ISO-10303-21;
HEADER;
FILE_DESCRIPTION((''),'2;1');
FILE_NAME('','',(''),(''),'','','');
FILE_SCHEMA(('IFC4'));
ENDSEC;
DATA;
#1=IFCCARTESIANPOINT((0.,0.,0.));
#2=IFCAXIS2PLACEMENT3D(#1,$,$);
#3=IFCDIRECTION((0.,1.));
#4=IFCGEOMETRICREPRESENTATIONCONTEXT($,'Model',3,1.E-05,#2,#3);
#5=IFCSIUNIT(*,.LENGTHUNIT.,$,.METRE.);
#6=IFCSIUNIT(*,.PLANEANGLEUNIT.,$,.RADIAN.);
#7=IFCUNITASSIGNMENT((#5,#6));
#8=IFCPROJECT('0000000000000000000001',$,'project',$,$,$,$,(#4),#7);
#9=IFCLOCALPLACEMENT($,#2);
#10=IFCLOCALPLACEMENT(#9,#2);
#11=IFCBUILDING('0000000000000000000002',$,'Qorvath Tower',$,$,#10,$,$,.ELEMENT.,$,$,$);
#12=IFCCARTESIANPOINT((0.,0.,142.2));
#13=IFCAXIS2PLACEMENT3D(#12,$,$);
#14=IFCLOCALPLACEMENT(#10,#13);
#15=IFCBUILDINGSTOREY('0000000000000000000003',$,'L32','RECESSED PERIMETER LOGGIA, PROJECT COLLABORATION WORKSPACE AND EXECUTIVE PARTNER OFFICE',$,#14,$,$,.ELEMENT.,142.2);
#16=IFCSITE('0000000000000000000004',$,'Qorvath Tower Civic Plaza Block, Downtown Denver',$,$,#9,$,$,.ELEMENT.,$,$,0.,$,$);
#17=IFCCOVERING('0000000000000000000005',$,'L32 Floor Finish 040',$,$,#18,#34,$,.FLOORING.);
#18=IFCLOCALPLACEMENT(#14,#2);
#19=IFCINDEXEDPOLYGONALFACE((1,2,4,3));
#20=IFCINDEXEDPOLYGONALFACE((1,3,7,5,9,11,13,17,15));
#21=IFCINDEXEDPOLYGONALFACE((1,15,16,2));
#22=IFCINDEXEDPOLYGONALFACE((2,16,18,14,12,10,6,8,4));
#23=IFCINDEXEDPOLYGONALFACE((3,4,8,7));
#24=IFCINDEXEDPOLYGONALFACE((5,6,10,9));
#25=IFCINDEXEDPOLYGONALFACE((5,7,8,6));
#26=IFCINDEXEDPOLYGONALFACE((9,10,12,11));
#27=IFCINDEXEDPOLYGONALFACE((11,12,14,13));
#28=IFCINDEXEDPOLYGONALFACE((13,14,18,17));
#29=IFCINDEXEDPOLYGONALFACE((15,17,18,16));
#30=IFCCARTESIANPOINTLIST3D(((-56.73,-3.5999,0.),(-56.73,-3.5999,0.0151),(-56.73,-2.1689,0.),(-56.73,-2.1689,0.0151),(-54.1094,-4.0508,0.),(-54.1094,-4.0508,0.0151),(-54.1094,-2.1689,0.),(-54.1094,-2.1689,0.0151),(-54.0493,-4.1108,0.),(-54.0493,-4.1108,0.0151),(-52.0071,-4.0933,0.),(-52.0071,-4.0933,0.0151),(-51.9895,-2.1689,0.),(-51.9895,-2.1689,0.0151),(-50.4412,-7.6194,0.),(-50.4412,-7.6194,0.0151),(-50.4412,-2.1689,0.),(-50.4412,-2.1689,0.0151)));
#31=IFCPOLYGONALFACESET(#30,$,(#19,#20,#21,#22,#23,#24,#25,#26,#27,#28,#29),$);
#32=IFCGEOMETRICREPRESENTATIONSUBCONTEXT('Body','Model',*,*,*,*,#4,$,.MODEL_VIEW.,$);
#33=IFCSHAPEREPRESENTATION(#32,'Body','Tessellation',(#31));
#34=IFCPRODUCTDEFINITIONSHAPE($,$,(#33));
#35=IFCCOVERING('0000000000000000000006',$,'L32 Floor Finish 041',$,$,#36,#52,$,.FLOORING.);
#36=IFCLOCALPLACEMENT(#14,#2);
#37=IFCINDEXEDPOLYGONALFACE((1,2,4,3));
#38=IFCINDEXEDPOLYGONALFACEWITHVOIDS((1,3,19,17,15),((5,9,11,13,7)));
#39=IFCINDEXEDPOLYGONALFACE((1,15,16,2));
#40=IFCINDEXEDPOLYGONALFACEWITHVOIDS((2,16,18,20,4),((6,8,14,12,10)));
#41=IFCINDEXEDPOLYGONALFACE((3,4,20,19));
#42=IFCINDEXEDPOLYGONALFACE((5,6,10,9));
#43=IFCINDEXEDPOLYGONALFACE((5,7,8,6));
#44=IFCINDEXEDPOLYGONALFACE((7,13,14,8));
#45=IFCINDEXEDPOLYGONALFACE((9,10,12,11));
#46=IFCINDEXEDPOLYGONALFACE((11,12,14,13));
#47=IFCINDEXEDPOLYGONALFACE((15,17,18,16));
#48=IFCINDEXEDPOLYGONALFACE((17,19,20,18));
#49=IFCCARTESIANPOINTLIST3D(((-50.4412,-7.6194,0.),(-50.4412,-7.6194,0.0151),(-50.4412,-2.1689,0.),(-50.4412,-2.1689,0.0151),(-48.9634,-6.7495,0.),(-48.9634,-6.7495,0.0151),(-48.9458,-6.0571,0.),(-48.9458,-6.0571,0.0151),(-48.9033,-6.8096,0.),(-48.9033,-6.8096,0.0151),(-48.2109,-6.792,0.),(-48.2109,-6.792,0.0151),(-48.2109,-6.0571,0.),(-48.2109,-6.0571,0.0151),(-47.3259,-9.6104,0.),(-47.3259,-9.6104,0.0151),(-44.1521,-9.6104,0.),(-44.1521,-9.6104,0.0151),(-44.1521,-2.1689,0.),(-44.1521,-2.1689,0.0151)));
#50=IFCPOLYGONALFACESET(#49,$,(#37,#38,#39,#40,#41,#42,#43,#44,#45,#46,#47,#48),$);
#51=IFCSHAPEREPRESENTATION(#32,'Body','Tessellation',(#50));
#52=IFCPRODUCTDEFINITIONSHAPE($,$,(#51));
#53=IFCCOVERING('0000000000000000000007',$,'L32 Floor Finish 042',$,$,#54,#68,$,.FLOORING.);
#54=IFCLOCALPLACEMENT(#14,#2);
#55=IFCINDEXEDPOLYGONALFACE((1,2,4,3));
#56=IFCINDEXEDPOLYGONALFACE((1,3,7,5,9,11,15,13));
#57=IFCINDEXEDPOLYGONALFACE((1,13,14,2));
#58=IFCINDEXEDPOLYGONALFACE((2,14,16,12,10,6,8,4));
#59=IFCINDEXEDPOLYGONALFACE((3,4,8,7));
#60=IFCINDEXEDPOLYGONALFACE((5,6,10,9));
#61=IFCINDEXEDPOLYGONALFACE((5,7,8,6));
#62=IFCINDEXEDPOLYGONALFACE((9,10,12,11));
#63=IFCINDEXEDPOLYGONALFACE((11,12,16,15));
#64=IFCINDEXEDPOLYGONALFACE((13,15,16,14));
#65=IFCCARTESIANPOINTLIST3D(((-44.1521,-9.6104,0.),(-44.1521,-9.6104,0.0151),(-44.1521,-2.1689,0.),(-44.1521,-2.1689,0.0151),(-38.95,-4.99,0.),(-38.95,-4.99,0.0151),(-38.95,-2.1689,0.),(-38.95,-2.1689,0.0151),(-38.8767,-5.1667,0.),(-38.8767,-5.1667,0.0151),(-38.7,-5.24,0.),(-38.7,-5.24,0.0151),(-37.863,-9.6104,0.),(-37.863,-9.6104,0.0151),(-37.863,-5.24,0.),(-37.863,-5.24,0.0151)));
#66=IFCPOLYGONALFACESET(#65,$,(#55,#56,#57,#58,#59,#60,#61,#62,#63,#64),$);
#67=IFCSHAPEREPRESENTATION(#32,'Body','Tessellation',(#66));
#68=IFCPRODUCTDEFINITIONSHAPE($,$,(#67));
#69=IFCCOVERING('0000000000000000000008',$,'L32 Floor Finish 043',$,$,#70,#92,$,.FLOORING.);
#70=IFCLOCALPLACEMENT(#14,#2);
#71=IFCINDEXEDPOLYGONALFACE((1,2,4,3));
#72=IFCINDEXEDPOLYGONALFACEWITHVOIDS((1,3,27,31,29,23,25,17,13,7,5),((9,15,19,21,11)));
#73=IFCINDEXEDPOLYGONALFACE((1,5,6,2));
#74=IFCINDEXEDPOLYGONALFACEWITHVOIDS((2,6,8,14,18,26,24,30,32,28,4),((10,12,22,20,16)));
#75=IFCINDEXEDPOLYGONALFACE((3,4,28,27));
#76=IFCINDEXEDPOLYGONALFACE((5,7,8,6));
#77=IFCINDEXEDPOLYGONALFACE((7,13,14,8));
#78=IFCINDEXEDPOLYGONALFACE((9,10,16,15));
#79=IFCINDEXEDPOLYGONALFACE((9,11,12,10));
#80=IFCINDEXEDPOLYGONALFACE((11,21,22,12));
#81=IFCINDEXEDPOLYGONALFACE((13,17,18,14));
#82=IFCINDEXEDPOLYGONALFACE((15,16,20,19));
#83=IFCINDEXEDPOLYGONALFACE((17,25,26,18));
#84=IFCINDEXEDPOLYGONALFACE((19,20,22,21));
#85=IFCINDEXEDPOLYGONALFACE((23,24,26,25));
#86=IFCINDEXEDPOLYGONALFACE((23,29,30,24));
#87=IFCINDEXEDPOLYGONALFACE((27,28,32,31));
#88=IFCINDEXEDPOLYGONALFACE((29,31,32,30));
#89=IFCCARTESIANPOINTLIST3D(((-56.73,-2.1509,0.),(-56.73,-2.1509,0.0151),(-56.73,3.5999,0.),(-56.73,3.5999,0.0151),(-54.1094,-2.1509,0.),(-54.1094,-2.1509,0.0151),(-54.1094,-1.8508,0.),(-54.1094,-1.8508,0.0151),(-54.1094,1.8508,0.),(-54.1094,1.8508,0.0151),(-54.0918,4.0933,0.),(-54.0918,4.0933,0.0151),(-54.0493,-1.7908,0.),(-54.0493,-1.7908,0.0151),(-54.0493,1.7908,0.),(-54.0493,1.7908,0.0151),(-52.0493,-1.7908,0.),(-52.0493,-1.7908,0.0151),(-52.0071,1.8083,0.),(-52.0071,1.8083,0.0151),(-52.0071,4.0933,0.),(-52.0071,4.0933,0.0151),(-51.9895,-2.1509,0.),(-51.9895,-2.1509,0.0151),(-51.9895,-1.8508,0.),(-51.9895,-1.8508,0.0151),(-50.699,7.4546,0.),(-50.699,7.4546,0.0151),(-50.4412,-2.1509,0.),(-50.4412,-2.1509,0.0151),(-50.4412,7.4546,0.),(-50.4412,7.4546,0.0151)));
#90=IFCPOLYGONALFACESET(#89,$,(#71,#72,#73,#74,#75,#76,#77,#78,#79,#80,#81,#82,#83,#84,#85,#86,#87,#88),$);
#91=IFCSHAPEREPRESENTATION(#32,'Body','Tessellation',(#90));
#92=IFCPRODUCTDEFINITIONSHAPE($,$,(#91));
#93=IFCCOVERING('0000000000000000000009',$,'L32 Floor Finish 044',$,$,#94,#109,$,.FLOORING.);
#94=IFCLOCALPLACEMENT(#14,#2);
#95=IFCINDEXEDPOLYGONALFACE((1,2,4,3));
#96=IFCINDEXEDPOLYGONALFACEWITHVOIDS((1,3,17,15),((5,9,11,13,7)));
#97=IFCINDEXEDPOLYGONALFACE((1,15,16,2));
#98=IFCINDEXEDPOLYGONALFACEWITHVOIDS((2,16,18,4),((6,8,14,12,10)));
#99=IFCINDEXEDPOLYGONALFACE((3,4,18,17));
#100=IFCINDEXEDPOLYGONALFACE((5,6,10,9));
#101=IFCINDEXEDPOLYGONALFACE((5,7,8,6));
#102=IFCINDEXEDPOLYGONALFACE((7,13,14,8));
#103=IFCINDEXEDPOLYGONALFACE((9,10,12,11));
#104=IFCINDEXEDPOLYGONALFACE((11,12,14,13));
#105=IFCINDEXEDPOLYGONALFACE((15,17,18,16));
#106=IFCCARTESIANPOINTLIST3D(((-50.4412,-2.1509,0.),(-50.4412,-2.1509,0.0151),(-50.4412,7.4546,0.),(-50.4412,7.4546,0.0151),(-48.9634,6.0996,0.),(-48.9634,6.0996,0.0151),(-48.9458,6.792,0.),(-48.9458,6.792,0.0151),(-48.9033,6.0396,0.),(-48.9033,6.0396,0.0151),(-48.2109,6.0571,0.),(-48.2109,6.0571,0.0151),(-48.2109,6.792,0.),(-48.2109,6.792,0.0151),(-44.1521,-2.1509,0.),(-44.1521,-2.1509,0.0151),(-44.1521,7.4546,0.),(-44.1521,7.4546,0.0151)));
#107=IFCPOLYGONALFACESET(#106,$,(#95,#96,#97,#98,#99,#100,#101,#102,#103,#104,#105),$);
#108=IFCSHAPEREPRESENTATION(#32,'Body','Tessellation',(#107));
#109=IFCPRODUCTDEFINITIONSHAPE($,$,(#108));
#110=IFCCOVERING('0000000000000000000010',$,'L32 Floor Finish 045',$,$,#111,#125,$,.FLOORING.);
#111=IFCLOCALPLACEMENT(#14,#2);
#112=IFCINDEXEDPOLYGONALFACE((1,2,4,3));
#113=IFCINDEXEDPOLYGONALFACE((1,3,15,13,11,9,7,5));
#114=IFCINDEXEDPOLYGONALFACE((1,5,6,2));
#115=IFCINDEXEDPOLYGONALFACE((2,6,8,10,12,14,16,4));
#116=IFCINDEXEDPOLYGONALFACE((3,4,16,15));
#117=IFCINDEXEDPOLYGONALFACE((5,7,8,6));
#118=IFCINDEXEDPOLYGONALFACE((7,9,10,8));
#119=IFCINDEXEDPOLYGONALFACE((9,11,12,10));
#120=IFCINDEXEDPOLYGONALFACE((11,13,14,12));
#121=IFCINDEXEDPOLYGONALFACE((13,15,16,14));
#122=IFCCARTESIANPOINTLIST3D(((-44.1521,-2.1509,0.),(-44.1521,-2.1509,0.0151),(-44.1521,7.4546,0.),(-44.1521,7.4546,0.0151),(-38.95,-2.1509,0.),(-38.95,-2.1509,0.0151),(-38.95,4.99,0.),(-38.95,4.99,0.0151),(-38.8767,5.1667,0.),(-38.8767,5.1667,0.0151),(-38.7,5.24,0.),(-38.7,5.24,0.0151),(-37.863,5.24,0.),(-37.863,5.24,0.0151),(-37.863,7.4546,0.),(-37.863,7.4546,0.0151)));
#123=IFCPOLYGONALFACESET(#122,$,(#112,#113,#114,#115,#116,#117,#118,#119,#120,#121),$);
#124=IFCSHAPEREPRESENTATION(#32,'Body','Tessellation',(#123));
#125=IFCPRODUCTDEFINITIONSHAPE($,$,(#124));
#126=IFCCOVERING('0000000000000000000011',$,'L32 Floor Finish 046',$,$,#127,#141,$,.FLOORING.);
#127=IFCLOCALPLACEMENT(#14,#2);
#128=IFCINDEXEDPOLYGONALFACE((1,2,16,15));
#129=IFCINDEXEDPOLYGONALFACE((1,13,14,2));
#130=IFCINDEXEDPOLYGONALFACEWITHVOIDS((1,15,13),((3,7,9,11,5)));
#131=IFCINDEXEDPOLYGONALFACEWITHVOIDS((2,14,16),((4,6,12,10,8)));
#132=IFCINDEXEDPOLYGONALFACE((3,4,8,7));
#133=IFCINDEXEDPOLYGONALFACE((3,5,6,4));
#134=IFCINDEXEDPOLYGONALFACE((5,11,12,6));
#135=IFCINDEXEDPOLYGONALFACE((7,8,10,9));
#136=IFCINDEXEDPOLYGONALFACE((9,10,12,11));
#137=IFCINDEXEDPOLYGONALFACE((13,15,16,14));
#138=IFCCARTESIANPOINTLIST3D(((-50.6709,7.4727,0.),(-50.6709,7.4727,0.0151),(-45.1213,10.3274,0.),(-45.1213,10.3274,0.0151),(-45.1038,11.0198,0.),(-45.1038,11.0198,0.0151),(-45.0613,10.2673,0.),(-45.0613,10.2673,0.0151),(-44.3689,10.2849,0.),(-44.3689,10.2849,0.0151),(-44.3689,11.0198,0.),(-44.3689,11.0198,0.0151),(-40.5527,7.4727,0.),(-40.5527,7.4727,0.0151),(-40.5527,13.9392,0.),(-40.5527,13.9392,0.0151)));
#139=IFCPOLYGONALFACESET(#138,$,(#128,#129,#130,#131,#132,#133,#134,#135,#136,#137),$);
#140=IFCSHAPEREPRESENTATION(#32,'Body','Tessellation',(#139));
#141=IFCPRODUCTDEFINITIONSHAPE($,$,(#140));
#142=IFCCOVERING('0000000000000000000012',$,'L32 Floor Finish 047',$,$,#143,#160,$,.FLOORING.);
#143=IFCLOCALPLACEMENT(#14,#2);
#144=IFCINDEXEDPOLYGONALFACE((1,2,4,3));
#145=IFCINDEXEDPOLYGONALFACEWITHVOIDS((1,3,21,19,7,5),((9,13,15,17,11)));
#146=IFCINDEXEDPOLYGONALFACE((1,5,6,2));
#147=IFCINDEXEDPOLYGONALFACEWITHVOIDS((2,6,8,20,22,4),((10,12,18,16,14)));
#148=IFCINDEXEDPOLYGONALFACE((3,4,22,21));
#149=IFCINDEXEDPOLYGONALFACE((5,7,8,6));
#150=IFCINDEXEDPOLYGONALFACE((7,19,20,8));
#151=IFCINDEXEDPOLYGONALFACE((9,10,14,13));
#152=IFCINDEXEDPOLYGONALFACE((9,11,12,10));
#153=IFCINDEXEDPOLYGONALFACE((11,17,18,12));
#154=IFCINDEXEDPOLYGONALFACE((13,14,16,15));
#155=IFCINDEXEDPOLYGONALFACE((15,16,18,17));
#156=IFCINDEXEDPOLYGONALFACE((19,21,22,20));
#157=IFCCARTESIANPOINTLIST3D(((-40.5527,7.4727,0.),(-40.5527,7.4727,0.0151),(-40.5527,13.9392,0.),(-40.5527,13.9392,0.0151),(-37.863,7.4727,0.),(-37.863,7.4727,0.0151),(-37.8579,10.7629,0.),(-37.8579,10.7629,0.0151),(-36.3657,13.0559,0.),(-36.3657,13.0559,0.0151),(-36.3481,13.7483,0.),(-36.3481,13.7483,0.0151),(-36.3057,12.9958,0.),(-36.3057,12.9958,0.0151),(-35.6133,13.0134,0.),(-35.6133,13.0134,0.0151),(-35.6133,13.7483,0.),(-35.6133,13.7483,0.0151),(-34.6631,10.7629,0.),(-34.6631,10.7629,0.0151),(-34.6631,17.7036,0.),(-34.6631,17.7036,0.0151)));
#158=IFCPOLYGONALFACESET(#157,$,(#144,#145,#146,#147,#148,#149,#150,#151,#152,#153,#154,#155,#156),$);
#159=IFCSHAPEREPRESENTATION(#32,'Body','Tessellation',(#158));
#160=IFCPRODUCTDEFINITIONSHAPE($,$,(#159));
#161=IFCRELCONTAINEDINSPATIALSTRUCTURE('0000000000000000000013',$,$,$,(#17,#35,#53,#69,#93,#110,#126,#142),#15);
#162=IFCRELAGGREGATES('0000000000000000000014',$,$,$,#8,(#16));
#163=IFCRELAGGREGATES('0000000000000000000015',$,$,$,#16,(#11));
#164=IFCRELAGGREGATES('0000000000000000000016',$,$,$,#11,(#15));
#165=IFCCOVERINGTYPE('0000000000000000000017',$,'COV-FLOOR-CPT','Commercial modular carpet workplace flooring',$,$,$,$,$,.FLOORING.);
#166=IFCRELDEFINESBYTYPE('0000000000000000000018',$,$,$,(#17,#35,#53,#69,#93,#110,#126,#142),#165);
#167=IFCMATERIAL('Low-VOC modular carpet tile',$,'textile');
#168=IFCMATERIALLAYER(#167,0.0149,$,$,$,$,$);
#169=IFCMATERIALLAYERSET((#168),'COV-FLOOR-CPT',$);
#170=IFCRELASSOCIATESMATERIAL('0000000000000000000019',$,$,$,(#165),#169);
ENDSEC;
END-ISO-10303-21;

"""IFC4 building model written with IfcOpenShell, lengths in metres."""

from ifc_helpers import new_model, si_unit, direction, frame, origin, place, context, subcontext, project, spatial, polyline, outline, extrude, material, layer, layer_set, type_object, element, save


model = new_model("IFC4")

# Units and contexts
model_context = context("Model", 3, precision=1e-05, world=origin(), true_north=direction((0.0, 1.0)))
body_context = subcontext(model_context, "Body", "Model", "MODEL_VIEW")
ifc_project = project(units=[si_unit("LENGTHUNIT", "METRE"), si_unit("PLANEANGLEUNIT", "RADIAN")], contexts=[model_context])

# Site, building, storey
site_placement = place(None, origin())
site = spatial("IfcSite", under=ifc_project, at=site_placement, Name="Qorvath Tower Civic Plaza Block, Downtown Denver", CompositionType="ELEMENT", RefElevation=0.0)
building_placement = place(site_placement, origin())
building = spatial("IfcBuilding", under=site, at=building_placement, Name="Qorvath Tower", CompositionType="ELEMENT")
storey_placement = place(building_placement, frame((0.0, 0.0, 142.2)))
storey = spatial("IfcBuildingStorey", under=building, at=storey_placement, Name="L32", Description="RECESSED PERIMETER LOGGIA, PROJECT COLLABORATION WORKSPACE AND EXECUTIVE PARTNER OFFICE", CompositionType="ELEMENT", Elevation=142.2)

# Coverings
ifc_material_1 = material(Name="Low-VOC modular carpet tile", Category="textile")
ifc_layer_1 = layer(ifc_material_1, 0.0149)
ifc_layer_set_1 = layer_set([ifc_layer_1], Name="COV-FLOOR-CPT")
covering_type_1 = type_object("IfcCoveringType", Name="COV-FLOOR-CPT", Description="Commercial modular carpet workplace flooring", PredefinedType="FLOORING", material=ifc_layer_set_1)
covering_1_placement = place(storey_placement, origin())
element("IfcCovering", 1, at=covering_1_placement, inside=storey, type_object=covering_type_1, Name="L32 Floor Finish 040", PredefinedType="FLOORING", context=body_context, shape_type="SweptSolid", body=[
    extrude(outline(polyline([(-50.4412, -7.6194), (-50.4412, -2.1689), (-51.9895, -2.1689), (-52.0071, -4.0933), (-54.0493, -4.1108), (-54.1094, -4.0508), (-54.1094, -2.1689), (-56.73, -2.1689), (-56.73, -3.5999), (-50.4412, -7.6194)])), origin(), (0.0, 0.0, 1.0), 0.0151),
])
covering_2_placement = place(storey_placement, origin())
element("IfcCovering", 2, at=covering_2_placement, inside=storey, type_object=covering_type_1, Name="L32 Floor Finish 041", PredefinedType="FLOORING", context=body_context, shape_type="SweptSolid", body=[
    extrude(outline(polyline([(-44.1521, -9.6104), (-44.1521, -2.1689), (-50.4412, -2.1689), (-50.4412, -7.6194), (-47.3259, -9.6104), (-44.1521, -9.6104)]), holes=[polyline([(-48.9634, -6.7495), (-48.9458, -6.0571), (-48.2109, -6.0571), (-48.2109, -6.792), (-48.9033, -6.8096), (-48.9634, -6.7495)])]), origin(), (0.0, 0.0, 1.0), 0.0151),
])
covering_3_placement = place(storey_placement, origin())
element("IfcCovering", 3, at=covering_3_placement, inside=storey, type_object=covering_type_1, Name="L32 Floor Finish 042", PredefinedType="FLOORING", context=body_context, shape_type="SweptSolid", body=[
    extrude(outline(polyline([(-37.863, -9.6104), (-37.863, -5.24), (-38.7, -5.24), (-38.8767, -5.1667), (-38.95, -4.99), (-38.95, -2.1689), (-44.1521, -2.1689), (-44.1521, -9.6104), (-37.863, -9.6104)])), origin(), (0.0, 0.0, 1.0), 0.0151),
])
covering_4_placement = place(storey_placement, origin())
element("IfcCovering", 4, at=covering_4_placement, inside=storey, type_object=covering_type_1, Name="L32 Floor Finish 043", PredefinedType="FLOORING", context=body_context, shape_type="SweptSolid", body=[
    extrude(outline(polyline([(-50.4412, -2.1509), (-50.4412, 7.4546), (-50.699, 7.4546), (-56.73, 3.5999), (-56.73, -2.1509), (-54.1094, -2.1509), (-54.1094, -1.8508), (-54.0493, -1.7908), (-52.0493, -1.7908), (-51.9895, -1.8508), (-51.9895, -2.1509), (-50.4412, -2.1509)]), holes=[polyline([(-54.1094, 1.8508), (-54.0918, 4.0933), (-52.0071, 4.0933), (-52.0071, 1.8083), (-54.0493, 1.7908), (-54.1094, 1.8508)])]), origin(), (0.0, 0.0, 1.0), 0.0151),
])
covering_5_placement = place(storey_placement, origin())
element("IfcCovering", 5, at=covering_5_placement, inside=storey, type_object=covering_type_1, Name="L32 Floor Finish 044", PredefinedType="FLOORING", context=body_context, shape_type="SweptSolid", body=[
    extrude(outline(polyline([(-44.1521, -2.1509), (-44.1521, 7.4546), (-50.4412, 7.4546), (-50.4412, -2.1509), (-44.1521, -2.1509)]), holes=[polyline([(-48.9634, 6.0996), (-48.9458, 6.792), (-48.2109, 6.792), (-48.2109, 6.0571), (-48.9033, 6.0396), (-48.9634, 6.0996)])]), origin(), (0.0, 0.0, 1.0), 0.0151),
])
covering_6_placement = place(storey_placement, origin())
element("IfcCovering", 6, at=covering_6_placement, inside=storey, type_object=covering_type_1, Name="L32 Floor Finish 045", PredefinedType="FLOORING", context=body_context, shape_type="SweptSolid", body=[
    extrude(outline(polyline([(-37.863, 5.24), (-37.863, 7.4546), (-44.1521, 7.4546), (-44.1521, -2.1509), (-38.95, -2.1509), (-38.95, 4.99), (-38.8767, 5.1667), (-38.7, 5.24), (-37.863, 5.24)])), origin(), (0.0, 0.0, 1.0), 0.0151),
])
covering_7_placement = place(storey_placement, origin())
element("IfcCovering", 7, at=covering_7_placement, inside=storey, type_object=covering_type_1, Name="L32 Floor Finish 046", PredefinedType="FLOORING", context=body_context, shape_type="SweptSolid", body=[
    extrude(outline(polyline([(-40.5527, 7.4727), (-40.5527, 13.9392), (-50.6709, 7.4727), (-40.5527, 7.4727)]), holes=[polyline([(-45.1213, 10.3274), (-45.1038, 11.0198), (-44.3689, 11.0198), (-44.3689, 10.2849), (-45.0613, 10.2673), (-45.1213, 10.3274)])]), origin(), (0.0, 0.0, 1.0), 0.0151),
])
covering_8_placement = place(storey_placement, origin())
element("IfcCovering", 8, at=covering_8_placement, inside=storey, type_object=covering_type_1, Name="L32 Floor Finish 047", PredefinedType="FLOORING", context=body_context, shape_type="SweptSolid", body=[
    extrude(outline(polyline([(-37.8579, 10.7629), (-34.6631, 10.7629), (-34.6631, 17.7036), (-40.5527, 13.9392), (-40.5527, 7.4727), (-37.863, 7.4727), (-37.8579, 10.7629)]), holes=[polyline([(-36.3657, 13.0559), (-36.3481, 13.7483), (-35.6133, 13.7483), (-35.6133, 13.0134), (-36.3057, 12.9958), (-36.3657, 13.0559)])]), origin(), (0.0, 0.0, 1.0), 0.0151),
])

save(model, "model.ifc")
